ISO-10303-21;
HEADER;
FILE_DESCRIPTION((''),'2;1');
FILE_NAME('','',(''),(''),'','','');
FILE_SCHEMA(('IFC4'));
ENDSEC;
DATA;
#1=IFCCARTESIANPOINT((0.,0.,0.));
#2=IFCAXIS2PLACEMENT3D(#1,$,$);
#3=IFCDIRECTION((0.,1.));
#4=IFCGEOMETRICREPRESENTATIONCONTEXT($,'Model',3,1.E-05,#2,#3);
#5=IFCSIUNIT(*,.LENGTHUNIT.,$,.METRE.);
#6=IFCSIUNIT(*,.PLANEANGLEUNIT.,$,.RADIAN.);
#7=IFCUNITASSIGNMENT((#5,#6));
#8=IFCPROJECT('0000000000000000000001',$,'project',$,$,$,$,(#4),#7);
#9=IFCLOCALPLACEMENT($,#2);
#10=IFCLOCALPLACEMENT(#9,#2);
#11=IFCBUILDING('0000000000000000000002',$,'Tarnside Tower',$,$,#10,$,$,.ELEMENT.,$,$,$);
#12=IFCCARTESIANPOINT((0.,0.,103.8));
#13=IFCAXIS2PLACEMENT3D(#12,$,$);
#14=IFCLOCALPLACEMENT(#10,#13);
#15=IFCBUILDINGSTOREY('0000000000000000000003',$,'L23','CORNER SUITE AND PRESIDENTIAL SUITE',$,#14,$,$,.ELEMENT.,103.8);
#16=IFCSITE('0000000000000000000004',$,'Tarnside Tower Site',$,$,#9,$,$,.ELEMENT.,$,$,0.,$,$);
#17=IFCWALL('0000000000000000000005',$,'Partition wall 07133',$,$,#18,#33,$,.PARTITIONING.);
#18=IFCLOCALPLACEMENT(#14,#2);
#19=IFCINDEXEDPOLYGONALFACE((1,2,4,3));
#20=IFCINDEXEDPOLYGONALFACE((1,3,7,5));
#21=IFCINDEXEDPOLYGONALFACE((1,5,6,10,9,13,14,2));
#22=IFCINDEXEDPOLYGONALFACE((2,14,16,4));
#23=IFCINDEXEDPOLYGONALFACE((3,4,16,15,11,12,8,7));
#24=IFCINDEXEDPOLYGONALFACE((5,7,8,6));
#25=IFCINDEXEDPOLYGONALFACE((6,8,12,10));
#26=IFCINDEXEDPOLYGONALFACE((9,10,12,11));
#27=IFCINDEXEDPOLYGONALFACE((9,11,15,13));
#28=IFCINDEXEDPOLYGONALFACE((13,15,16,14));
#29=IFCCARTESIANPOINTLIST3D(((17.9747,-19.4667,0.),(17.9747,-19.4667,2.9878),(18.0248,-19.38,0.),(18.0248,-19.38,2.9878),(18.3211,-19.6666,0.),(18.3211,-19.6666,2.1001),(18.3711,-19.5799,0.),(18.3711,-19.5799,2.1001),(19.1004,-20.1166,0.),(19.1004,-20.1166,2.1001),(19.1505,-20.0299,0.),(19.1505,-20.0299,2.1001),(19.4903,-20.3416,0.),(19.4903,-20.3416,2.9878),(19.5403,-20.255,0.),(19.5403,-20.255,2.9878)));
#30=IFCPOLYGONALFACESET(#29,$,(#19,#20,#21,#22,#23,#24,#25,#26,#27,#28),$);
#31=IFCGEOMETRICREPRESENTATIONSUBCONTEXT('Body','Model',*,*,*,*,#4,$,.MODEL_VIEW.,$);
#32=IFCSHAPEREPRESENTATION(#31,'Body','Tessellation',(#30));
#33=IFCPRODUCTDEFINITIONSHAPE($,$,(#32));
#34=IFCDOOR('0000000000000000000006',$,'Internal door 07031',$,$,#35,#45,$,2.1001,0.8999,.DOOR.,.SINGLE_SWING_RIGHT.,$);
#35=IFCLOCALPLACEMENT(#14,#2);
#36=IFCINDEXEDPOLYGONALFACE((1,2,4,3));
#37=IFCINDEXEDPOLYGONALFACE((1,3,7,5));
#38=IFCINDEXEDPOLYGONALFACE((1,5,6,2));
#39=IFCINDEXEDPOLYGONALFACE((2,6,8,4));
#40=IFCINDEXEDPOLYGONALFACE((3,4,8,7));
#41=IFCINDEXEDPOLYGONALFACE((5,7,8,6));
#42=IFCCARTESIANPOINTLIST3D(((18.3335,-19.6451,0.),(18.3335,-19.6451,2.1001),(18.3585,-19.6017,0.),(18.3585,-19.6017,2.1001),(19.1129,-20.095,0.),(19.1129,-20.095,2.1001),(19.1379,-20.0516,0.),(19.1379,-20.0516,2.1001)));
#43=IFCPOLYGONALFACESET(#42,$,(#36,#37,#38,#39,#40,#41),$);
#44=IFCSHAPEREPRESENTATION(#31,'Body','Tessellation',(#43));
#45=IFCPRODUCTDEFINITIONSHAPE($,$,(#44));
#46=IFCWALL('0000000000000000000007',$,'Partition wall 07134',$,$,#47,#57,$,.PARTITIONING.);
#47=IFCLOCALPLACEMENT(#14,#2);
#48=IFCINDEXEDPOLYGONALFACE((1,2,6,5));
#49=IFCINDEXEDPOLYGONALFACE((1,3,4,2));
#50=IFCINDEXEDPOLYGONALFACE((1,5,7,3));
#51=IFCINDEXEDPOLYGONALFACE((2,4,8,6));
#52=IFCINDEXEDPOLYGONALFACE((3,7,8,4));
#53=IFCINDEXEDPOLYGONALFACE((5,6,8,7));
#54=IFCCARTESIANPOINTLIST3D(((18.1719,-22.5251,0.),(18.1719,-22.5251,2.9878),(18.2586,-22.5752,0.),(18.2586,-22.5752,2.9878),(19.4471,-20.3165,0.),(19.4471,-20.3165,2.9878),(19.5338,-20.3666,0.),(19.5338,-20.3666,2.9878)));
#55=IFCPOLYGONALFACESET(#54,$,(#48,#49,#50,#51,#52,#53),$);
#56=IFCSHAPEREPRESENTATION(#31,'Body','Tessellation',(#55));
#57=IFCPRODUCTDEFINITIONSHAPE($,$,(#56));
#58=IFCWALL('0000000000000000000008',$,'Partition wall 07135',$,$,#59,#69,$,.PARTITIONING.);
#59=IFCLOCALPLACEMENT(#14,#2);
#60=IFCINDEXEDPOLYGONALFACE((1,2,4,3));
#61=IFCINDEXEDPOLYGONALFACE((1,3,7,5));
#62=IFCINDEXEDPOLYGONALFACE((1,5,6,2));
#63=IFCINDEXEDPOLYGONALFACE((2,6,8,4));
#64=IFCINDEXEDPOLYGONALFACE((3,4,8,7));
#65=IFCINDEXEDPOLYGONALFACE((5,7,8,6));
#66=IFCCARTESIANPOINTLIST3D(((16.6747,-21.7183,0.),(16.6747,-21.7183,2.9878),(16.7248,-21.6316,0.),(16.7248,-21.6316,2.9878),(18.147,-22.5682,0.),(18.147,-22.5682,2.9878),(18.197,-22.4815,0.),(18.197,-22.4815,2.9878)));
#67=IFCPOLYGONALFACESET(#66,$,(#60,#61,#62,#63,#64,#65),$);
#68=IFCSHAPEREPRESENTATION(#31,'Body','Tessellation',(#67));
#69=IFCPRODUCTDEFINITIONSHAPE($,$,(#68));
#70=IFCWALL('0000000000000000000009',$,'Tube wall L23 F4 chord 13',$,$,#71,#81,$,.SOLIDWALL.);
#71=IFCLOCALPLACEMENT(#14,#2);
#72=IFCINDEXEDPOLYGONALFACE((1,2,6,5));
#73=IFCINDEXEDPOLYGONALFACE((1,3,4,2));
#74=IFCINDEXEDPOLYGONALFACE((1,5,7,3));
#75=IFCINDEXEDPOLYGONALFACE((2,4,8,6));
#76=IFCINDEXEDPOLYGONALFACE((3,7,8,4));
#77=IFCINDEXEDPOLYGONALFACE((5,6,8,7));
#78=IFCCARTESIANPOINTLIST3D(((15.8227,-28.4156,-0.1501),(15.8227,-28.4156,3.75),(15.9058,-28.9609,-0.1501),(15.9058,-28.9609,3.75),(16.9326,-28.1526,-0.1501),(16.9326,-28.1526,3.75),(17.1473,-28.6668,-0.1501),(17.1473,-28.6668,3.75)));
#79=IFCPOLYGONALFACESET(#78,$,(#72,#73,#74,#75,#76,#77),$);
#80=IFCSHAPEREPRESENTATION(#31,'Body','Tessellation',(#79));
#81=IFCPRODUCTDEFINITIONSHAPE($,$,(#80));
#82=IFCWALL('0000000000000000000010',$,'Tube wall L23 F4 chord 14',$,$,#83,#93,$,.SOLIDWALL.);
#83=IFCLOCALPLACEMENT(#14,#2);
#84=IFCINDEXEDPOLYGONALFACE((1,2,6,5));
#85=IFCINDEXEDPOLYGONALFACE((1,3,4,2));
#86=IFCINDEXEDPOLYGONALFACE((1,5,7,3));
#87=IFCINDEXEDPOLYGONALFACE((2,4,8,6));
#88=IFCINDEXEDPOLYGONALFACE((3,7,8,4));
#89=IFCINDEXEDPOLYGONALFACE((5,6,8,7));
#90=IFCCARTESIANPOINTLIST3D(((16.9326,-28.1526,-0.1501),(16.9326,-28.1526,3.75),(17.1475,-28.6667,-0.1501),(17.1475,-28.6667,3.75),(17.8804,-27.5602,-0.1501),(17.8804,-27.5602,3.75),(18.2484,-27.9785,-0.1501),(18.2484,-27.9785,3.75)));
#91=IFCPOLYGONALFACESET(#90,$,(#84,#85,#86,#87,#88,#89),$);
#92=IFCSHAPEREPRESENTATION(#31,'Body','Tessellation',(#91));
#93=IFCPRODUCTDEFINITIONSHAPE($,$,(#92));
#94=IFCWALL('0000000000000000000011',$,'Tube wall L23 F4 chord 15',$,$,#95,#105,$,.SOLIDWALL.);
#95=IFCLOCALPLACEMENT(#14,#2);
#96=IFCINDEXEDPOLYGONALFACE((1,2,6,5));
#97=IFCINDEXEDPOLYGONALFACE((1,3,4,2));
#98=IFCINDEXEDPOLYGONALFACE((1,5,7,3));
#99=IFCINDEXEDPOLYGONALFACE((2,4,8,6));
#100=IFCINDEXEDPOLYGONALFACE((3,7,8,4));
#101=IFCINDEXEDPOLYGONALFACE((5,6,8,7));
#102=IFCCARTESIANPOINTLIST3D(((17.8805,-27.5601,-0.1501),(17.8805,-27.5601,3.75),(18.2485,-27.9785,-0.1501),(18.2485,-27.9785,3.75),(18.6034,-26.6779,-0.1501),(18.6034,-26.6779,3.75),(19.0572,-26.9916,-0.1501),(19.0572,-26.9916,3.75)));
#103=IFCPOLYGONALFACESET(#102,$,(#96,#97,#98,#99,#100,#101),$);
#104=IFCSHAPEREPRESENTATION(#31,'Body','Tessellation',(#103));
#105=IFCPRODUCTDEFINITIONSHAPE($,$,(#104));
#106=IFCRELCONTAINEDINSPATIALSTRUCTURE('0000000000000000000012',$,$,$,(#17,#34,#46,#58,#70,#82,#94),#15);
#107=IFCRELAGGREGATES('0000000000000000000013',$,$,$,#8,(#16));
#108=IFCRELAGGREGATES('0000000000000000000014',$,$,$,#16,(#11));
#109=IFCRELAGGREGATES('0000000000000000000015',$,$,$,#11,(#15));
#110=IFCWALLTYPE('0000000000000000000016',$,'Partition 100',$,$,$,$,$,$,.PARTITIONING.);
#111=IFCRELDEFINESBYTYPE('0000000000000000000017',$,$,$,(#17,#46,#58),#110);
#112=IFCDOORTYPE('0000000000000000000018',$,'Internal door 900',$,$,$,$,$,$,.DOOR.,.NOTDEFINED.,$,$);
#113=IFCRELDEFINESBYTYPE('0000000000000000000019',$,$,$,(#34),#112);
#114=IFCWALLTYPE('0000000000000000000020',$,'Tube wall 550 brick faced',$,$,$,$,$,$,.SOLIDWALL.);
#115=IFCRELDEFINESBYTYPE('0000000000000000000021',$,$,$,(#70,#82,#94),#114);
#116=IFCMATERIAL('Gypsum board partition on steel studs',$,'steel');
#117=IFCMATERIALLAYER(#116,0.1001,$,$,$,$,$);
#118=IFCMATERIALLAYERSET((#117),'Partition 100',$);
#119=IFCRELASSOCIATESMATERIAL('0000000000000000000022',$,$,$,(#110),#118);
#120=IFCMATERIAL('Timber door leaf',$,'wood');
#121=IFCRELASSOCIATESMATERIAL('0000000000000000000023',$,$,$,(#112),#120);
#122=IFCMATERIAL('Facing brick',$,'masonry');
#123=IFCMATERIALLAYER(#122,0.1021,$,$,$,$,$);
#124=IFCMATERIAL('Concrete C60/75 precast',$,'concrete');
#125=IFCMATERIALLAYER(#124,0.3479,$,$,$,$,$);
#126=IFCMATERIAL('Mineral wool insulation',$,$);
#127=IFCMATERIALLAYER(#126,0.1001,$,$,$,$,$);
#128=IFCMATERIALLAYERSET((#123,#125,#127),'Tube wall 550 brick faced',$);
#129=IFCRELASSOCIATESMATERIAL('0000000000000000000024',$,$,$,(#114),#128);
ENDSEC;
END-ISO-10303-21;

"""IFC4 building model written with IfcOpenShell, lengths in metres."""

from ifc_helpers import new_model, si_unit, direction, frame, frame_2d, origin, place, context, subcontext, project, spatial, polyline, rectangle, outline, extrude, material, layer, layer_set, type_object, element, fill, save


model = new_model("IFC4")

# Units and contexts
model_context = context("Model", 3, precision=1e-05, world=origin(), true_north=direction((0.0, 1.0)))
body_context = subcontext(model_context, "Body", "Model", "MODEL_VIEW")
ifc_project = project(units=[si_unit("LENGTHUNIT", "METRE"), si_unit("PLANEANGLEUNIT", "RADIAN")], contexts=[model_context])

# Site, building, storey
site_placement = place(None, origin())
site = spatial("IfcSite", under=ifc_project, at=site_placement, Name="Tarnside Tower Site", CompositionType="ELEMENT", RefElevation=0.0)
building_placement = place(site_placement, origin())
building = spatial("IfcBuilding", under=site, at=building_placement, Name="Tarnside Tower", CompositionType="ELEMENT")
storey_placement = place(building_placement, frame((0.0, 0.0, 103.8)))
storey = spatial("IfcBuildingStorey", under=building, at=storey_placement, Name="L23", Description="CORNER SUITE AND PRESIDENTIAL SUITE", CompositionType="ELEMENT", Elevation=103.8)

# Shared definitions
ifc_material_1 = material(Name="Gypsum board partition on steel studs", Category="steel")

# Shared definitions
ifc_material_2 = material(Name="Timber door leaf", Category="wood")

# Wall, opening, door
ifc_layer_1 = layer(ifc_material_1, 0.1001)
ifc_layer_set_1 = layer_set([ifc_layer_1], Name="Partition 100")
wall_type_1 = type_object("IfcWallType", Name="Partition 100", PredefinedType="PARTITIONING", material=ifc_layer_set_1)
wall_1_placement = place(storey_placement, frame((17.9998, -19.4233, 0.0), z_axis=(0.0, 0.0, 1.0), x_axis=(0.866037, -0.49998, 0.0)))
wall_1 = element("IfcWall", 1, at=wall_1_placement, inside=storey, type_object=wall_type_1, Name="Partition wall 07133", PredefinedType="PARTITIONING", context=body_context, shape_type="SweptSolid", body=[
    extrude(rectangle(XDim=1.75, YDim=0.1001, at=frame_2d((0.875, 0.0))), origin(), (0.0, 0.0, 1.0), 2.9878),
])
opening_1_placement = place(wall_1_placement, frame((0.3999, 0.0, 0.0)))
opening_1 = element("IfcOpeningElement", 2, at=opening_1_placement, cuts=wall_1, PredefinedType="OPENING", context=body_context, shape_type="SweptSolid", body=[
    extrude(rectangle(XDim=0.8999, YDim=2.1001, at=frame_2d((0.45, 1.05))), frame((0.0, 0.0601, 0.0), z_axis=(0.0, -1.0, 0.0), x_axis=(1.0, 0.0, 0.0)), (0.0, 0.0, 1.0), 0.1201),
])
door_type_1 = type_object("IfcDoorType", Name="Internal door 900", OperationType="NOTDEFINED", PredefinedType="DOOR", material=ifc_material_2)
door_1_placement = place(opening_1_placement, origin())
door_1 = element("IfcDoor", 3, at=door_1_placement, inside=storey, type_object=door_type_1, Name="Internal door 07031", OperationType="SINGLE_SWING_RIGHT", OverallHeight=2.1001, OverallWidth=0.8999, PredefinedType="DOOR", context=body_context, shape_type="SweptSolid", body=[
    extrude(rectangle(XDim=0.8999, YDim=2.1001, at=frame_2d((0.45, 1.05))), frame((0.0, 0.0249, 0.0), z_axis=(0.0, -1.0, 0.0), x_axis=(1.0, 0.0, 0.0)), (0.0, 0.0, 1.0), 0.05),
])
fill(opening_1, door_1)

# Walls
wall_2_placement = place(storey_placement, frame((19.4905, -20.3416, 0.0), z_axis=(0.0, 0.0, 1.0), x_axis=(-0.500021, -0.866013, 0.0)))
element("IfcWall", 4, at=wall_2_placement, inside=storey, type_object=wall_type_1, Name="Partition wall 07134", PredefinedType="PARTITIONING", context=body_context, shape_type="SweptSolid", body=[
    extrude(rectangle(XDim=2.5503, YDim=0.1001, at=frame_2d((1.2751, 0.0))), origin(), (0.0, 0.0, 1.0), 2.9878),
])
wall_3_placement = place(storey_placement, frame((18.1721, -22.5249, 0.0), z_axis=(0.0, 0.0, 1.0), x_axis=(-0.866052, 0.499955, 0.0)))
element("IfcWall", 5, at=wall_3_placement, inside=storey, type_object=wall_type_1, Name="Partition wall 07135", PredefinedType="PARTITIONING", context=body_context, shape_type="SweptSolid", body=[
    extrude(rectangle(XDim=1.7, YDim=0.1001, at=frame_2d((0.8501, 0.0))), origin(), (0.0, 0.0, 1.0), 2.9878),
])
ifc_material_3 = material(Name="Facing brick", Category="masonry")
ifc_layer_2 = layer(ifc_material_3, 0.1021)
ifc_material_4 = material(Name="Concrete C60/75 precast", Category="concrete")
ifc_layer_3 = layer(ifc_material_4, 0.3479)
ifc_material_5 = material(Name="Mineral wool insulation")
ifc_layer_4 = layer(ifc_material_5, 0.1001)
ifc_layer_set_2 = layer_set([ifc_layer_2, ifc_layer_3, ifc_layer_4], Name="Tube wall 550 brick faced")
wall_type_2 = type_object("IfcWallType", Name="Tube wall 550 brick faced", PredefinedType="SOLIDWALL", material=ifc_layer_set_2)
wall_4_placement = place(storey_placement, frame((15.8643, -28.6882, -0.1501), z_axis=(0.0, 0.0, 1.0), x_axis=(0.973064, 0.230537, 0.0)))
element("IfcWall", 6, at=wall_4_placement, inside=storey, type_object=wall_type_2, Name="Tube wall L23 F4 chord 13", PredefinedType="SOLIDWALL", context=body_context, shape_type="SweptSolid", body=[
    extrude(outline(polyline([(-0.0225, -0.2749), (1.2534, -0.2749), (1.1631, 0.2749), (0.0225, 0.2749), (-0.0225, -0.2749)])), origin(), (0.0, 0.0, 1.0), 3.9001),
])
wall_5_placement = place(storey_placement, frame((17.04, -28.4097, -0.1501), z_axis=(0.0, 0.0, 1.0), x_axis=(0.847953, 0.530072, 0.0)))
element("IfcWall", 7, at=wall_5_placement, inside=storey, type_object=wall_type_2, Name="Tube wall L23 F4 chord 14", PredefinedType="SOLIDWALL", context=body_context, shape_type="SweptSolid", body=[
    extrude(outline(polyline([(-0.0452, -0.2749), (1.2532, -0.2749), (1.1628, 0.2749), (0.0452, 0.2749), (-0.0452, -0.2749)])), origin(), (0.0, 0.0, 1.0), 3.9001),
])
wall_6_placement = place(storey_placement, frame((18.0645, -27.7693, -0.1501), z_axis=(0.0, 0.0, 1.0), x_axis=(0.633843, 0.773462, 0.0)))
element("IfcWall", 8, at=wall_6_placement, inside=storey, type_object=wall_type_2, Name="Tube wall L23 F4 chord 15", PredefinedType="SOLIDWALL", context=body_context, shape_type="SweptSolid", body=[
    extrude(outline(polyline([(-0.0452, -0.2749), (1.2307, -0.2749), (1.1858, 0.2749), (0.0452, 0.2749), (-0.0452, -0.2749)])), origin(), (0.0, 0.0, 1.0), 3.9001),
])

save(model, "model.ifc")
